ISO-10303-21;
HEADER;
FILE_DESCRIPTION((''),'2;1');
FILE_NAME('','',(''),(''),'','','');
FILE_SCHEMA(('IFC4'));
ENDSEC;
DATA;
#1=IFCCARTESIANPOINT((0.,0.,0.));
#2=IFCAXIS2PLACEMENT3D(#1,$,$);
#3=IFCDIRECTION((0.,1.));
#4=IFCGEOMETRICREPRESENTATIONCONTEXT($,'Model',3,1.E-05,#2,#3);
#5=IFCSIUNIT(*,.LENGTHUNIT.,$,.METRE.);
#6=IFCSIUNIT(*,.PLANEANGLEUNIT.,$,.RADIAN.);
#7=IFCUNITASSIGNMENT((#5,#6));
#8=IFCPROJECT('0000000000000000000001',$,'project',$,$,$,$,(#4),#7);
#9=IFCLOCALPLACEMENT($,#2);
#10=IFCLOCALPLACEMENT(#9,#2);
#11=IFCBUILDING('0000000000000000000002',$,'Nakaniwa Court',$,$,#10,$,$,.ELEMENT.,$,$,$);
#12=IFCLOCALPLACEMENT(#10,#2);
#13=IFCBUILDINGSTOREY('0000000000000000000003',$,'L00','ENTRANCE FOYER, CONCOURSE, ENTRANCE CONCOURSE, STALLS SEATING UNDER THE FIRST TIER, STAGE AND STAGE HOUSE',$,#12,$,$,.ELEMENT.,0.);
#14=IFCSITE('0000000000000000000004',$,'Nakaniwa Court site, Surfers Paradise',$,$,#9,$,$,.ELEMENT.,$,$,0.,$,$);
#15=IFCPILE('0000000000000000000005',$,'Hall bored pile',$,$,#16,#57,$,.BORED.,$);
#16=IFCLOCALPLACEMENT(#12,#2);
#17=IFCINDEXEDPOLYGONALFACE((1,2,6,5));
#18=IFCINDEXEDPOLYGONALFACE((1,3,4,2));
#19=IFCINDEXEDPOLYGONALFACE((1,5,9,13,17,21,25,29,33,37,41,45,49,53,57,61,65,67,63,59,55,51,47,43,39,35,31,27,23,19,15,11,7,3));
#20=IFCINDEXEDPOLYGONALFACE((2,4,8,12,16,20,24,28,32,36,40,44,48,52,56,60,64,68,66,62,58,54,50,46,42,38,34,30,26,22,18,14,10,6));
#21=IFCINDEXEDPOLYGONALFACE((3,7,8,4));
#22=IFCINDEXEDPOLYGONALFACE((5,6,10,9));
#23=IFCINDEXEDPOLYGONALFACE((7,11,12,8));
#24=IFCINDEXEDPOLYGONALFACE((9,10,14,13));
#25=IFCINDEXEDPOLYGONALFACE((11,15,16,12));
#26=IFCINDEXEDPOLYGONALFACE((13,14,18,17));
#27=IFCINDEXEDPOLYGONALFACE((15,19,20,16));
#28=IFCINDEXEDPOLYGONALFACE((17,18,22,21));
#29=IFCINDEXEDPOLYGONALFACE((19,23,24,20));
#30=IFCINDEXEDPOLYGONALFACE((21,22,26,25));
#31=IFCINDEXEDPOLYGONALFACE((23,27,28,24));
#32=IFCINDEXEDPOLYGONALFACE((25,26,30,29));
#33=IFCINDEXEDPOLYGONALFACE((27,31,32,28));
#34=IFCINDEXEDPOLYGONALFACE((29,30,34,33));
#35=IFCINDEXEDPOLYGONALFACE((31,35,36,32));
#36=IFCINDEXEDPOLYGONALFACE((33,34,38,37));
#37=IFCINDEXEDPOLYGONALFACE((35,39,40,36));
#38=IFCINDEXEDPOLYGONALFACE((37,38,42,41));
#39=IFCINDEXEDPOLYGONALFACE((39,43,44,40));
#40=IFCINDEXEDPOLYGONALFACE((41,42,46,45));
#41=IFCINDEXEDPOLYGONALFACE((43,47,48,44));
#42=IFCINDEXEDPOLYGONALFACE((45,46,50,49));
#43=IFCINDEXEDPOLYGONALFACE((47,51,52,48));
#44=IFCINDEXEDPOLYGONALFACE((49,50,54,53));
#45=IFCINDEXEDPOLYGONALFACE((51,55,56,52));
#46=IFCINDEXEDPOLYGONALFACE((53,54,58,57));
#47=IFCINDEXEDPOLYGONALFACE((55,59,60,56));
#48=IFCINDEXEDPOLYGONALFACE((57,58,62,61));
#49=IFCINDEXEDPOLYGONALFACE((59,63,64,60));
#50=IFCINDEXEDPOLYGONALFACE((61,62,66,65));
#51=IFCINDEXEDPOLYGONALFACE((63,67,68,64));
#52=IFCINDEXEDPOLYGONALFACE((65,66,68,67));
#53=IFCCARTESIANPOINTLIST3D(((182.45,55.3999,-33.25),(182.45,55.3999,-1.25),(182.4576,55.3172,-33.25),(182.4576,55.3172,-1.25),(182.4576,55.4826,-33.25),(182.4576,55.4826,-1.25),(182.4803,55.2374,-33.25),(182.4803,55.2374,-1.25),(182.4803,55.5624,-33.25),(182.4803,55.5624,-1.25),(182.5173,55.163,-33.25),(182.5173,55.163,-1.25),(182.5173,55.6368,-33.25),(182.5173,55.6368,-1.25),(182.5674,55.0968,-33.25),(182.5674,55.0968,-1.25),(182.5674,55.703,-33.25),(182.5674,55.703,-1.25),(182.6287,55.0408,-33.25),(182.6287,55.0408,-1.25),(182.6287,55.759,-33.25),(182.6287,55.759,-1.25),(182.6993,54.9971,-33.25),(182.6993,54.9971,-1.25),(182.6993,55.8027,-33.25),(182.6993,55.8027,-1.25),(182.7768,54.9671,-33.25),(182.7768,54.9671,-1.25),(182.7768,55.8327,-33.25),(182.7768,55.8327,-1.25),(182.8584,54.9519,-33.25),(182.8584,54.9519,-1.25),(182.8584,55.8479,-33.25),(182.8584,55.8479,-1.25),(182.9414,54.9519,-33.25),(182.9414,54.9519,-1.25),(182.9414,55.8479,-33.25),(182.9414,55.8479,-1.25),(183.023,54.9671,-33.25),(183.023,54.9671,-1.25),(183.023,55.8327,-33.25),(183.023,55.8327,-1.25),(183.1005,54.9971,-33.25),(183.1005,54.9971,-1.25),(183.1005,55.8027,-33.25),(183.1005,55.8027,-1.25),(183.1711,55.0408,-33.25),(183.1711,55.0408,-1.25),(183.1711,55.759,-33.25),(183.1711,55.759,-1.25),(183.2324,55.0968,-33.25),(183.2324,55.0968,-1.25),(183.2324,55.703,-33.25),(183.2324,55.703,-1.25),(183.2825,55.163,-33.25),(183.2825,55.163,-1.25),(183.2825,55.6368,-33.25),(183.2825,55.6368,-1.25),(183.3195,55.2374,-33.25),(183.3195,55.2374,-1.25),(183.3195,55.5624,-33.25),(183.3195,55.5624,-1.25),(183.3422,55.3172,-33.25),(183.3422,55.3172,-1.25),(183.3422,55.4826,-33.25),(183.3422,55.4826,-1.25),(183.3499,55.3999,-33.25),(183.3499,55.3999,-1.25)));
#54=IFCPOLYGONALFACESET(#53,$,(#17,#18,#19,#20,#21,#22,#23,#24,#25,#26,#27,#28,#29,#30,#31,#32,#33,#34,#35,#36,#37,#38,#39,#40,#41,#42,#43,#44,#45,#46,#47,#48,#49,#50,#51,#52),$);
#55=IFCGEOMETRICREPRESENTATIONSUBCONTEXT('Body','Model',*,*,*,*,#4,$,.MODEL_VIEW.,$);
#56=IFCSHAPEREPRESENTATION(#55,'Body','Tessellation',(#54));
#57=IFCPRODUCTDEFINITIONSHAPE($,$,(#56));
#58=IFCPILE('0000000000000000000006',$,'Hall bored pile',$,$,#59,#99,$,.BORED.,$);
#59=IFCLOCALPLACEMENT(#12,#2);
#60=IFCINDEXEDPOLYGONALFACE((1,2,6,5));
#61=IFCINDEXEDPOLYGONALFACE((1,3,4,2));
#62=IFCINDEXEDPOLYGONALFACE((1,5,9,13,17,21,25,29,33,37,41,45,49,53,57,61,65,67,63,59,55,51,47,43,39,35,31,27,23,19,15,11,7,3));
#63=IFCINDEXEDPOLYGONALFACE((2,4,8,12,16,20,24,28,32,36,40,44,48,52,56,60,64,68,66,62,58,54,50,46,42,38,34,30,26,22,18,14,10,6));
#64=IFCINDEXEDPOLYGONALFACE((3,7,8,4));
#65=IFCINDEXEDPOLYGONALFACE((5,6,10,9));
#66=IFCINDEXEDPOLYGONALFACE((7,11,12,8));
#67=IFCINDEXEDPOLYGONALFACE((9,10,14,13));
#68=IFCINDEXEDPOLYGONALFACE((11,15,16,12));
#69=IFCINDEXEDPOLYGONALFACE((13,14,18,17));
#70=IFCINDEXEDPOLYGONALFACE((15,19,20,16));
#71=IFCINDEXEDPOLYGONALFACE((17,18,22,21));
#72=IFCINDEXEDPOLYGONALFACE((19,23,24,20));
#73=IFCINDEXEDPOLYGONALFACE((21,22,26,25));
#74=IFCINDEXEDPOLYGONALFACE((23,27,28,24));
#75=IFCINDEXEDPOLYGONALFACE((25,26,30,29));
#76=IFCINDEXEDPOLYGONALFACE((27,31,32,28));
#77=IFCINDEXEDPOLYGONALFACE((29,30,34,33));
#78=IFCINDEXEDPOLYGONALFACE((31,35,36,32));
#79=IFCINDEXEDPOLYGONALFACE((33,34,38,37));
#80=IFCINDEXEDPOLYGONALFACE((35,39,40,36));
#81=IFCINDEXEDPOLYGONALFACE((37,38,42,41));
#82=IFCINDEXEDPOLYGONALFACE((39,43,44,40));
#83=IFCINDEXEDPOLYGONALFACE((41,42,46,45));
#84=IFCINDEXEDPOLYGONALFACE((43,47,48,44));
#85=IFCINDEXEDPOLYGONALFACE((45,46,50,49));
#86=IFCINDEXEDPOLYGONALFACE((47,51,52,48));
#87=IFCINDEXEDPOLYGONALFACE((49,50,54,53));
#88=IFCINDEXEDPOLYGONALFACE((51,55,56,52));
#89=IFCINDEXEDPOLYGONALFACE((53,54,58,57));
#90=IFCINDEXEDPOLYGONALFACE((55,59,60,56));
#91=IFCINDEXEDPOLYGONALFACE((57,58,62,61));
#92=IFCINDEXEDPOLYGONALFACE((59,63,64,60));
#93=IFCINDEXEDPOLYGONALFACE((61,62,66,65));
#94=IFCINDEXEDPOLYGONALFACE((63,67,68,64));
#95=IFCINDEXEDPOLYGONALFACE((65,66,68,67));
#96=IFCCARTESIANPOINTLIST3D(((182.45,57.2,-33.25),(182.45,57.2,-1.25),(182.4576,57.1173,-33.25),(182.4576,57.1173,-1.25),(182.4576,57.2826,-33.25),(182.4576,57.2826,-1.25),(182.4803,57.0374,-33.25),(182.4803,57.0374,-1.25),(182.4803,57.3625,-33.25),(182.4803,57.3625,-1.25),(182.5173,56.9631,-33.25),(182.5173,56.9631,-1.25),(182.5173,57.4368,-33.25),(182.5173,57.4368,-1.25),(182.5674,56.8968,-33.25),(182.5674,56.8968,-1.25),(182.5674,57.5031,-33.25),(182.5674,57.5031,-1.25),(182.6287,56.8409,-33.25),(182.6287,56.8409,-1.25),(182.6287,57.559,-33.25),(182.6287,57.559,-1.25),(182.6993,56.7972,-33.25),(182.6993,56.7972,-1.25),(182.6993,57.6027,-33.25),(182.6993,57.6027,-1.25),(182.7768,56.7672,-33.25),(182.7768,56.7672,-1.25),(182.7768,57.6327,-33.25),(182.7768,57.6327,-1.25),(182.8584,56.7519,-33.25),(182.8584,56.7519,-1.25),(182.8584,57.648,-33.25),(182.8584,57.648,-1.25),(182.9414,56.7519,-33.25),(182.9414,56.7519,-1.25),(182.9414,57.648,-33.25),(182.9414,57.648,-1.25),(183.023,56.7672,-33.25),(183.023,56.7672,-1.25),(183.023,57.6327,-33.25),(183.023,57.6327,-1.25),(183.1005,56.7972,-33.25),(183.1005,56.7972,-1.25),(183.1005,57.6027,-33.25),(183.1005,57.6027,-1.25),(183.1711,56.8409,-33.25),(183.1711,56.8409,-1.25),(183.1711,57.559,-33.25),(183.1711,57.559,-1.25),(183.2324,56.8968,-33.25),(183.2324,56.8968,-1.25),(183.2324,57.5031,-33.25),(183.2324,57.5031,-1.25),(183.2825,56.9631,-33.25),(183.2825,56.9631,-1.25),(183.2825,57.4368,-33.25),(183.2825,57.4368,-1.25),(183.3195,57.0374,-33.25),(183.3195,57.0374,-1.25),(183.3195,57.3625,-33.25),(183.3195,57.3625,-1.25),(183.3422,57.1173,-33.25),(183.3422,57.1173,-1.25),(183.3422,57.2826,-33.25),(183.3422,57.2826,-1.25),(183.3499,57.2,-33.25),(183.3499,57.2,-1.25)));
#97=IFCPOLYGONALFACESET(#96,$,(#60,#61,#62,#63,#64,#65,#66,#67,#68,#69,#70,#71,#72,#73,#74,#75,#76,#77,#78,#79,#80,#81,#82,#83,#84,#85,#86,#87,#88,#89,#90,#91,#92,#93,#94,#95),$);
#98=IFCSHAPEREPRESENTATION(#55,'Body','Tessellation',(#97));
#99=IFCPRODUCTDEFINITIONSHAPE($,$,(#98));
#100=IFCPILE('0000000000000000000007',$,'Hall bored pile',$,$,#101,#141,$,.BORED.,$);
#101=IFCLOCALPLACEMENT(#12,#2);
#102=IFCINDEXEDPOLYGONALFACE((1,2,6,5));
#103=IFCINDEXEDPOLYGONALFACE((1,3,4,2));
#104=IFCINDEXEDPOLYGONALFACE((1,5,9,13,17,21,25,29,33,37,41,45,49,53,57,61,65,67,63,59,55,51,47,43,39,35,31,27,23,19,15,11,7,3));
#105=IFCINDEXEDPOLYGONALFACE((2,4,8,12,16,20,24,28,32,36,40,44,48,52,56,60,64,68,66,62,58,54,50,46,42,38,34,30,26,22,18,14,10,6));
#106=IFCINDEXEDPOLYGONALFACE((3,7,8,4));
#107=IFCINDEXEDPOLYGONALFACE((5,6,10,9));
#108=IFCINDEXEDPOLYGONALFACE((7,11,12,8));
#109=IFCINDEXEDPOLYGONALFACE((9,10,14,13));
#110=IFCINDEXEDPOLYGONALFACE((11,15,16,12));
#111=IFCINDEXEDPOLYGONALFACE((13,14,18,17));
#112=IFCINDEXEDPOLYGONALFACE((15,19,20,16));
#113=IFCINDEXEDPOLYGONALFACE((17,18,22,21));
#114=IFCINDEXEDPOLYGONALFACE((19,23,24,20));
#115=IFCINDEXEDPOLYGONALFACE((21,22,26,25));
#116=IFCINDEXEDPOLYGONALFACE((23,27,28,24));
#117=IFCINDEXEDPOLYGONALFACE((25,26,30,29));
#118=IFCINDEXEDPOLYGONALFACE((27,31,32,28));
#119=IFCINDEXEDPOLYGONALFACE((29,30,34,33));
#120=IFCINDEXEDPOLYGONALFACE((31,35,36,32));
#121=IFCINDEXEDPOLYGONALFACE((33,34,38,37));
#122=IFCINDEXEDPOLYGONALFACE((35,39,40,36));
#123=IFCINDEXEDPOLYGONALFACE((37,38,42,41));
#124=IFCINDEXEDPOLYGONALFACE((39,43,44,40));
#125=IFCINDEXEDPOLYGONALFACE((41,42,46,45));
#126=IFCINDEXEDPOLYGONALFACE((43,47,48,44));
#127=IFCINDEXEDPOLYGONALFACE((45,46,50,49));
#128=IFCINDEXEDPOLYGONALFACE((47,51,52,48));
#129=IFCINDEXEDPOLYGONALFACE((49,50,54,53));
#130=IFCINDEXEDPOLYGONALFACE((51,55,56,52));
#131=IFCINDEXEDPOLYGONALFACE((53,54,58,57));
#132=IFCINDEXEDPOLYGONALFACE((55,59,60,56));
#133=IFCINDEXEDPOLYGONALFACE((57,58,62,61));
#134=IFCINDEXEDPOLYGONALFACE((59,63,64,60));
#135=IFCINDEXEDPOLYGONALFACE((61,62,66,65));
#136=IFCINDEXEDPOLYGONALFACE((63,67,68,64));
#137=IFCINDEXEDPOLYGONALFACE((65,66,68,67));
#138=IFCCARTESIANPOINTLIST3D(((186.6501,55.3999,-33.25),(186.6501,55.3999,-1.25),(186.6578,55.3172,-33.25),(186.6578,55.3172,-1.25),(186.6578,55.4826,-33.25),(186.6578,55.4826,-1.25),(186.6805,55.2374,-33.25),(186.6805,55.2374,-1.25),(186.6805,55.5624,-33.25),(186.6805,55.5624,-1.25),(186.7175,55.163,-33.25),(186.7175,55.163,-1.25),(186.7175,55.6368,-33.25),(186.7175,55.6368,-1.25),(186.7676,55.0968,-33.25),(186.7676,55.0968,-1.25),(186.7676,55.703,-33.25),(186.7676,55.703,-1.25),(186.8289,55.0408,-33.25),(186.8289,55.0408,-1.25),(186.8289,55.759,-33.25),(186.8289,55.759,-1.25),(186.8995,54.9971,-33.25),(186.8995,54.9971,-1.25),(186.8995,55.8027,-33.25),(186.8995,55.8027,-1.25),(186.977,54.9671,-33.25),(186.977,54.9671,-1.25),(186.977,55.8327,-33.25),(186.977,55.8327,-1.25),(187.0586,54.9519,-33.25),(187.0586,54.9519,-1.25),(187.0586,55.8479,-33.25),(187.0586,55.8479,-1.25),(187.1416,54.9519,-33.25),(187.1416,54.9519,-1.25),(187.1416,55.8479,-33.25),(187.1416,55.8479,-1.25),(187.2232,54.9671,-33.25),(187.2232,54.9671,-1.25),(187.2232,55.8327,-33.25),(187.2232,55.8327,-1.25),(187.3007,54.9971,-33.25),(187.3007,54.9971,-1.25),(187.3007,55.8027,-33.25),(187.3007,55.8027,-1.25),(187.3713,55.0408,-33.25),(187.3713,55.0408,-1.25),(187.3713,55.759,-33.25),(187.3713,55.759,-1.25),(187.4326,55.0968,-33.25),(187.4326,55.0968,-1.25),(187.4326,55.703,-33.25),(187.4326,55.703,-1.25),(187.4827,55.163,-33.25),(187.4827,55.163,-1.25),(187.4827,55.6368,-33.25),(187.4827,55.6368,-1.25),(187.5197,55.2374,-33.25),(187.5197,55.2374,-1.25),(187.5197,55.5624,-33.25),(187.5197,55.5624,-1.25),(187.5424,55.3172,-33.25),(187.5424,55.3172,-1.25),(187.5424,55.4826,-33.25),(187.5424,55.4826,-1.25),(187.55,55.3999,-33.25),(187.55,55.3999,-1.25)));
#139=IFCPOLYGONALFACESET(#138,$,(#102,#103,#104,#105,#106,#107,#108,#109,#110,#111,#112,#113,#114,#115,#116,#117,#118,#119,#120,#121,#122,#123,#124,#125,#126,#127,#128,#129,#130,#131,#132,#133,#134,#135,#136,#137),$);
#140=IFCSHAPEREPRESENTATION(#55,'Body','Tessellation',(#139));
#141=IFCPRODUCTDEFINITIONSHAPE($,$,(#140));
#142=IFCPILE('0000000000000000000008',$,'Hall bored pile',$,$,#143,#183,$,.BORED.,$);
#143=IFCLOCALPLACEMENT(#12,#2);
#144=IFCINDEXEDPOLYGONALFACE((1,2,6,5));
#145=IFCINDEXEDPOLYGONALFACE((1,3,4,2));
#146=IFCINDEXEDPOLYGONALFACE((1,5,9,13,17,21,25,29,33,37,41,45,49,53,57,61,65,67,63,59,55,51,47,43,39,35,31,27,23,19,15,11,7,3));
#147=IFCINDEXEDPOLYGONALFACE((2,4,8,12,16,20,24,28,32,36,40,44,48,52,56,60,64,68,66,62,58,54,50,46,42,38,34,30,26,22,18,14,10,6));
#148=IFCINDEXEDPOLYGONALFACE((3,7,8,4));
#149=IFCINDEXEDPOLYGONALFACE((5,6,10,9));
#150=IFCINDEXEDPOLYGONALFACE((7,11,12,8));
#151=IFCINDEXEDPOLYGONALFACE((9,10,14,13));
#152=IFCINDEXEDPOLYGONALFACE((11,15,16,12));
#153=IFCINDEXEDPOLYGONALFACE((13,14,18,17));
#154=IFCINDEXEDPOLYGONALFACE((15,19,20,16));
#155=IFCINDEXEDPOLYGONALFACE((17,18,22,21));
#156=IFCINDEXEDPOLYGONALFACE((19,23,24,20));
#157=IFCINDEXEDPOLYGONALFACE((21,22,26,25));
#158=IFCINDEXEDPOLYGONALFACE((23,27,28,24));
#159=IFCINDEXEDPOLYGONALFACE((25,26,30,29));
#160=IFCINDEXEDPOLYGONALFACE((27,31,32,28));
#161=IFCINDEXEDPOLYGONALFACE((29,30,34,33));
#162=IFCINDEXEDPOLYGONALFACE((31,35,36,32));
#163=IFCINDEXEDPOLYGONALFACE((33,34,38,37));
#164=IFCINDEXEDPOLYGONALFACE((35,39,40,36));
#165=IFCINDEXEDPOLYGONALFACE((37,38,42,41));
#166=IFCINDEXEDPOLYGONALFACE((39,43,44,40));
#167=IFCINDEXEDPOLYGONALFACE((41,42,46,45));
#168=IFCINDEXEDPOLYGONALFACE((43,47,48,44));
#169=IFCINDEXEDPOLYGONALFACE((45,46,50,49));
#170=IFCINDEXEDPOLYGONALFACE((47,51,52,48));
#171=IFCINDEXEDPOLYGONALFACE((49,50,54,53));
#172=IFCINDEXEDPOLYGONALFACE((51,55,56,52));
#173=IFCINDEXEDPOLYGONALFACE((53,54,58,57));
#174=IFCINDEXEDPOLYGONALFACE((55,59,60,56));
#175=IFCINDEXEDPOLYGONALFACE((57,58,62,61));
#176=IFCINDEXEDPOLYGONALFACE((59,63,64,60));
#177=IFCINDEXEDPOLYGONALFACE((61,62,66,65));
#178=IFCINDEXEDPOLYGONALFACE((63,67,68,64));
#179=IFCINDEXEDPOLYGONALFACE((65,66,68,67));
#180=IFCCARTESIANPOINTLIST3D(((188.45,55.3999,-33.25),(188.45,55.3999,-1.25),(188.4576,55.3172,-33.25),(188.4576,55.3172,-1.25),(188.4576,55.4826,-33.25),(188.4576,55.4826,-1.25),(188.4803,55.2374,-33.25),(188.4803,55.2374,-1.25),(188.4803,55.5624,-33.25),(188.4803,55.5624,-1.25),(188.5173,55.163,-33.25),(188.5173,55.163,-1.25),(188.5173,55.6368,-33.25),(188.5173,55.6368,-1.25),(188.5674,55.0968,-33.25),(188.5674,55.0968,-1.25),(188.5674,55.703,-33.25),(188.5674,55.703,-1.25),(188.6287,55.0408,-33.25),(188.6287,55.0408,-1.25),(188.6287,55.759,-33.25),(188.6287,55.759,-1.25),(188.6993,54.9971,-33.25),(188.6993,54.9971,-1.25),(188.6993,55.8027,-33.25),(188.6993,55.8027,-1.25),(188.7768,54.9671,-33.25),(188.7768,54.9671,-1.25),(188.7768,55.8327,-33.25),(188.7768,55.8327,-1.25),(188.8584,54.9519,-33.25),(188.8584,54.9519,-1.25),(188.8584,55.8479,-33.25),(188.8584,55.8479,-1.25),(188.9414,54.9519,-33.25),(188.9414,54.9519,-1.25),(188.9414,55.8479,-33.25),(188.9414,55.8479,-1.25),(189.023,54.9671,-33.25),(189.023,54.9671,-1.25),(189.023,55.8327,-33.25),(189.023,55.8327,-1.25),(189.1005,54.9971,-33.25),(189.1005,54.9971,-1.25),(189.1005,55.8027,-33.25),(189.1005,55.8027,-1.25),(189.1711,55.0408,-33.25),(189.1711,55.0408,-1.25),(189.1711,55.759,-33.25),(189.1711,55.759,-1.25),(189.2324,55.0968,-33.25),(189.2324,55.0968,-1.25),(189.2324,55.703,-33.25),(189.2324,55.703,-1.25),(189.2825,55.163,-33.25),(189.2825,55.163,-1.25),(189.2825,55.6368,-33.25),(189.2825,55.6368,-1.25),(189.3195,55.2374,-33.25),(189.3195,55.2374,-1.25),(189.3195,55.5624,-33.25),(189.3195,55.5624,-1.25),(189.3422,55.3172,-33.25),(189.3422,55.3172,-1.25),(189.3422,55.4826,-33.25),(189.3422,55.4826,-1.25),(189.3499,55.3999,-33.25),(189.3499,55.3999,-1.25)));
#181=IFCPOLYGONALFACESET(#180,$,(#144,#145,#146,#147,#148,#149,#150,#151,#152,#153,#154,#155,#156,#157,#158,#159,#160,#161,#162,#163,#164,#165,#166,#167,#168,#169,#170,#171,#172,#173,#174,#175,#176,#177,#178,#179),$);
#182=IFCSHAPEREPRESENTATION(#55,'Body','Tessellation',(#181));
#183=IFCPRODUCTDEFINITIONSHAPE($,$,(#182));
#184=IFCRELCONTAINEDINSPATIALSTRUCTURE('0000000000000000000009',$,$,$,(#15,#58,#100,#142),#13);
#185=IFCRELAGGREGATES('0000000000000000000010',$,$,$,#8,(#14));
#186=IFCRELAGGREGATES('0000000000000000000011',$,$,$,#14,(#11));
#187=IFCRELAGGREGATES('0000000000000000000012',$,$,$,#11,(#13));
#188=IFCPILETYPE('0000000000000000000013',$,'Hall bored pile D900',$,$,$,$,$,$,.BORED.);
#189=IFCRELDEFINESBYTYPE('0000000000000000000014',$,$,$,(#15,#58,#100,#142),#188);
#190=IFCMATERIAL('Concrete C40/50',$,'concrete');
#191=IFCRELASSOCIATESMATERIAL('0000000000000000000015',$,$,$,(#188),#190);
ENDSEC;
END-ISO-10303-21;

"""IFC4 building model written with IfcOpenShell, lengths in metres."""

from ifc_helpers import new_model, si_unit, direction, frame, origin, origin_2d, place, context, subcontext, project, spatial, circle, extrude, material, material_profile, profile_set, type_object, element, save


model = new_model("IFC4")

# Units and contexts
model_context = context("Model", 3, precision=1e-05, world=origin(), true_north=direction((0.0, 1.0)))
body_context = subcontext(model_context, "Body", "Model", "MODEL_VIEW")
ifc_project = project(units=[si_unit("LENGTHUNIT", "METRE"), si_unit("PLANEANGLEUNIT", "RADIAN")], contexts=[model_context])

# Site, building, storey
site_placement = place(None, origin())
site = spatial("IfcSite", under=ifc_project, at=site_placement, Name="Nakaniwa Court site, Surfers Paradise", CompositionType="ELEMENT", RefElevation=0.0)
building_placement = place(site_placement, origin())
building = spatial("IfcBuilding", under=site, at=building_placement, Name="Nakaniwa Court", CompositionType="ELEMENT")
storey_placement = place(building_placement, origin())
storey = spatial("IfcBuildingStorey", under=building, at=storey_placement, Name="L00", Description="ENTRANCE FOYER, CONCOURSE, ENTRANCE CONCOURSE, STALLS SEATING UNDER THE FIRST TIER, STAGE AND STAGE HOUSE", CompositionType="ELEMENT", Elevation=0.0)

# Piles
ifc_material_1 = material(Name="Concrete C40/50", Category="concrete")
ifc_material_profile_1 = material_profile(ifc_material_1, circle(Radius=0.45, at=origin_2d()), Name="Bored pile D900")
ifc_profile_set_1 = profile_set([ifc_material_profile_1], Name="Concrete C40/50")
pile_type = type_object("IfcPileType", Name="Hall bored pile D900", PredefinedType="BORED", material=ifc_profile_set_1)
for number, where, z_axis, x_axis, name in (
    (1, (182.8999, 55.3999, -1.25), (0.0, 0.0, -1.0), (1.0, 0.0, 0.0), "Hall bored pile"),
    (2, (182.8999, 57.2, -1.25), (0.0, 0.0, -1.0), (1.0, 0.0, 0.0), "Hall bored pile"),
    (3, (187.1001, 55.3999, -1.25), (0.0, 0.0, -1.0), (1.0, 0.0, 0.0), "Hall bored pile"),
    (4, (188.8999, 55.3999, -1.25), (0.0, 0.0, -1.0), (1.0, 0.0, 0.0), "Hall bored pile"),
):
    element("IfcPile", number, at=place(storey_placement, frame(where, z_axis=z_axis, x_axis=x_axis)), inside=storey, type_object=pile_type, Name=name, PredefinedType="BORED", context=body_context, shape_type="SweptSolid", body=[
        extrude(circle(Radius=0.45, at=origin_2d()), origin(), (0.0, 0.0, 1.0), 32.0),
    ])

save(model, "model.ifc")
